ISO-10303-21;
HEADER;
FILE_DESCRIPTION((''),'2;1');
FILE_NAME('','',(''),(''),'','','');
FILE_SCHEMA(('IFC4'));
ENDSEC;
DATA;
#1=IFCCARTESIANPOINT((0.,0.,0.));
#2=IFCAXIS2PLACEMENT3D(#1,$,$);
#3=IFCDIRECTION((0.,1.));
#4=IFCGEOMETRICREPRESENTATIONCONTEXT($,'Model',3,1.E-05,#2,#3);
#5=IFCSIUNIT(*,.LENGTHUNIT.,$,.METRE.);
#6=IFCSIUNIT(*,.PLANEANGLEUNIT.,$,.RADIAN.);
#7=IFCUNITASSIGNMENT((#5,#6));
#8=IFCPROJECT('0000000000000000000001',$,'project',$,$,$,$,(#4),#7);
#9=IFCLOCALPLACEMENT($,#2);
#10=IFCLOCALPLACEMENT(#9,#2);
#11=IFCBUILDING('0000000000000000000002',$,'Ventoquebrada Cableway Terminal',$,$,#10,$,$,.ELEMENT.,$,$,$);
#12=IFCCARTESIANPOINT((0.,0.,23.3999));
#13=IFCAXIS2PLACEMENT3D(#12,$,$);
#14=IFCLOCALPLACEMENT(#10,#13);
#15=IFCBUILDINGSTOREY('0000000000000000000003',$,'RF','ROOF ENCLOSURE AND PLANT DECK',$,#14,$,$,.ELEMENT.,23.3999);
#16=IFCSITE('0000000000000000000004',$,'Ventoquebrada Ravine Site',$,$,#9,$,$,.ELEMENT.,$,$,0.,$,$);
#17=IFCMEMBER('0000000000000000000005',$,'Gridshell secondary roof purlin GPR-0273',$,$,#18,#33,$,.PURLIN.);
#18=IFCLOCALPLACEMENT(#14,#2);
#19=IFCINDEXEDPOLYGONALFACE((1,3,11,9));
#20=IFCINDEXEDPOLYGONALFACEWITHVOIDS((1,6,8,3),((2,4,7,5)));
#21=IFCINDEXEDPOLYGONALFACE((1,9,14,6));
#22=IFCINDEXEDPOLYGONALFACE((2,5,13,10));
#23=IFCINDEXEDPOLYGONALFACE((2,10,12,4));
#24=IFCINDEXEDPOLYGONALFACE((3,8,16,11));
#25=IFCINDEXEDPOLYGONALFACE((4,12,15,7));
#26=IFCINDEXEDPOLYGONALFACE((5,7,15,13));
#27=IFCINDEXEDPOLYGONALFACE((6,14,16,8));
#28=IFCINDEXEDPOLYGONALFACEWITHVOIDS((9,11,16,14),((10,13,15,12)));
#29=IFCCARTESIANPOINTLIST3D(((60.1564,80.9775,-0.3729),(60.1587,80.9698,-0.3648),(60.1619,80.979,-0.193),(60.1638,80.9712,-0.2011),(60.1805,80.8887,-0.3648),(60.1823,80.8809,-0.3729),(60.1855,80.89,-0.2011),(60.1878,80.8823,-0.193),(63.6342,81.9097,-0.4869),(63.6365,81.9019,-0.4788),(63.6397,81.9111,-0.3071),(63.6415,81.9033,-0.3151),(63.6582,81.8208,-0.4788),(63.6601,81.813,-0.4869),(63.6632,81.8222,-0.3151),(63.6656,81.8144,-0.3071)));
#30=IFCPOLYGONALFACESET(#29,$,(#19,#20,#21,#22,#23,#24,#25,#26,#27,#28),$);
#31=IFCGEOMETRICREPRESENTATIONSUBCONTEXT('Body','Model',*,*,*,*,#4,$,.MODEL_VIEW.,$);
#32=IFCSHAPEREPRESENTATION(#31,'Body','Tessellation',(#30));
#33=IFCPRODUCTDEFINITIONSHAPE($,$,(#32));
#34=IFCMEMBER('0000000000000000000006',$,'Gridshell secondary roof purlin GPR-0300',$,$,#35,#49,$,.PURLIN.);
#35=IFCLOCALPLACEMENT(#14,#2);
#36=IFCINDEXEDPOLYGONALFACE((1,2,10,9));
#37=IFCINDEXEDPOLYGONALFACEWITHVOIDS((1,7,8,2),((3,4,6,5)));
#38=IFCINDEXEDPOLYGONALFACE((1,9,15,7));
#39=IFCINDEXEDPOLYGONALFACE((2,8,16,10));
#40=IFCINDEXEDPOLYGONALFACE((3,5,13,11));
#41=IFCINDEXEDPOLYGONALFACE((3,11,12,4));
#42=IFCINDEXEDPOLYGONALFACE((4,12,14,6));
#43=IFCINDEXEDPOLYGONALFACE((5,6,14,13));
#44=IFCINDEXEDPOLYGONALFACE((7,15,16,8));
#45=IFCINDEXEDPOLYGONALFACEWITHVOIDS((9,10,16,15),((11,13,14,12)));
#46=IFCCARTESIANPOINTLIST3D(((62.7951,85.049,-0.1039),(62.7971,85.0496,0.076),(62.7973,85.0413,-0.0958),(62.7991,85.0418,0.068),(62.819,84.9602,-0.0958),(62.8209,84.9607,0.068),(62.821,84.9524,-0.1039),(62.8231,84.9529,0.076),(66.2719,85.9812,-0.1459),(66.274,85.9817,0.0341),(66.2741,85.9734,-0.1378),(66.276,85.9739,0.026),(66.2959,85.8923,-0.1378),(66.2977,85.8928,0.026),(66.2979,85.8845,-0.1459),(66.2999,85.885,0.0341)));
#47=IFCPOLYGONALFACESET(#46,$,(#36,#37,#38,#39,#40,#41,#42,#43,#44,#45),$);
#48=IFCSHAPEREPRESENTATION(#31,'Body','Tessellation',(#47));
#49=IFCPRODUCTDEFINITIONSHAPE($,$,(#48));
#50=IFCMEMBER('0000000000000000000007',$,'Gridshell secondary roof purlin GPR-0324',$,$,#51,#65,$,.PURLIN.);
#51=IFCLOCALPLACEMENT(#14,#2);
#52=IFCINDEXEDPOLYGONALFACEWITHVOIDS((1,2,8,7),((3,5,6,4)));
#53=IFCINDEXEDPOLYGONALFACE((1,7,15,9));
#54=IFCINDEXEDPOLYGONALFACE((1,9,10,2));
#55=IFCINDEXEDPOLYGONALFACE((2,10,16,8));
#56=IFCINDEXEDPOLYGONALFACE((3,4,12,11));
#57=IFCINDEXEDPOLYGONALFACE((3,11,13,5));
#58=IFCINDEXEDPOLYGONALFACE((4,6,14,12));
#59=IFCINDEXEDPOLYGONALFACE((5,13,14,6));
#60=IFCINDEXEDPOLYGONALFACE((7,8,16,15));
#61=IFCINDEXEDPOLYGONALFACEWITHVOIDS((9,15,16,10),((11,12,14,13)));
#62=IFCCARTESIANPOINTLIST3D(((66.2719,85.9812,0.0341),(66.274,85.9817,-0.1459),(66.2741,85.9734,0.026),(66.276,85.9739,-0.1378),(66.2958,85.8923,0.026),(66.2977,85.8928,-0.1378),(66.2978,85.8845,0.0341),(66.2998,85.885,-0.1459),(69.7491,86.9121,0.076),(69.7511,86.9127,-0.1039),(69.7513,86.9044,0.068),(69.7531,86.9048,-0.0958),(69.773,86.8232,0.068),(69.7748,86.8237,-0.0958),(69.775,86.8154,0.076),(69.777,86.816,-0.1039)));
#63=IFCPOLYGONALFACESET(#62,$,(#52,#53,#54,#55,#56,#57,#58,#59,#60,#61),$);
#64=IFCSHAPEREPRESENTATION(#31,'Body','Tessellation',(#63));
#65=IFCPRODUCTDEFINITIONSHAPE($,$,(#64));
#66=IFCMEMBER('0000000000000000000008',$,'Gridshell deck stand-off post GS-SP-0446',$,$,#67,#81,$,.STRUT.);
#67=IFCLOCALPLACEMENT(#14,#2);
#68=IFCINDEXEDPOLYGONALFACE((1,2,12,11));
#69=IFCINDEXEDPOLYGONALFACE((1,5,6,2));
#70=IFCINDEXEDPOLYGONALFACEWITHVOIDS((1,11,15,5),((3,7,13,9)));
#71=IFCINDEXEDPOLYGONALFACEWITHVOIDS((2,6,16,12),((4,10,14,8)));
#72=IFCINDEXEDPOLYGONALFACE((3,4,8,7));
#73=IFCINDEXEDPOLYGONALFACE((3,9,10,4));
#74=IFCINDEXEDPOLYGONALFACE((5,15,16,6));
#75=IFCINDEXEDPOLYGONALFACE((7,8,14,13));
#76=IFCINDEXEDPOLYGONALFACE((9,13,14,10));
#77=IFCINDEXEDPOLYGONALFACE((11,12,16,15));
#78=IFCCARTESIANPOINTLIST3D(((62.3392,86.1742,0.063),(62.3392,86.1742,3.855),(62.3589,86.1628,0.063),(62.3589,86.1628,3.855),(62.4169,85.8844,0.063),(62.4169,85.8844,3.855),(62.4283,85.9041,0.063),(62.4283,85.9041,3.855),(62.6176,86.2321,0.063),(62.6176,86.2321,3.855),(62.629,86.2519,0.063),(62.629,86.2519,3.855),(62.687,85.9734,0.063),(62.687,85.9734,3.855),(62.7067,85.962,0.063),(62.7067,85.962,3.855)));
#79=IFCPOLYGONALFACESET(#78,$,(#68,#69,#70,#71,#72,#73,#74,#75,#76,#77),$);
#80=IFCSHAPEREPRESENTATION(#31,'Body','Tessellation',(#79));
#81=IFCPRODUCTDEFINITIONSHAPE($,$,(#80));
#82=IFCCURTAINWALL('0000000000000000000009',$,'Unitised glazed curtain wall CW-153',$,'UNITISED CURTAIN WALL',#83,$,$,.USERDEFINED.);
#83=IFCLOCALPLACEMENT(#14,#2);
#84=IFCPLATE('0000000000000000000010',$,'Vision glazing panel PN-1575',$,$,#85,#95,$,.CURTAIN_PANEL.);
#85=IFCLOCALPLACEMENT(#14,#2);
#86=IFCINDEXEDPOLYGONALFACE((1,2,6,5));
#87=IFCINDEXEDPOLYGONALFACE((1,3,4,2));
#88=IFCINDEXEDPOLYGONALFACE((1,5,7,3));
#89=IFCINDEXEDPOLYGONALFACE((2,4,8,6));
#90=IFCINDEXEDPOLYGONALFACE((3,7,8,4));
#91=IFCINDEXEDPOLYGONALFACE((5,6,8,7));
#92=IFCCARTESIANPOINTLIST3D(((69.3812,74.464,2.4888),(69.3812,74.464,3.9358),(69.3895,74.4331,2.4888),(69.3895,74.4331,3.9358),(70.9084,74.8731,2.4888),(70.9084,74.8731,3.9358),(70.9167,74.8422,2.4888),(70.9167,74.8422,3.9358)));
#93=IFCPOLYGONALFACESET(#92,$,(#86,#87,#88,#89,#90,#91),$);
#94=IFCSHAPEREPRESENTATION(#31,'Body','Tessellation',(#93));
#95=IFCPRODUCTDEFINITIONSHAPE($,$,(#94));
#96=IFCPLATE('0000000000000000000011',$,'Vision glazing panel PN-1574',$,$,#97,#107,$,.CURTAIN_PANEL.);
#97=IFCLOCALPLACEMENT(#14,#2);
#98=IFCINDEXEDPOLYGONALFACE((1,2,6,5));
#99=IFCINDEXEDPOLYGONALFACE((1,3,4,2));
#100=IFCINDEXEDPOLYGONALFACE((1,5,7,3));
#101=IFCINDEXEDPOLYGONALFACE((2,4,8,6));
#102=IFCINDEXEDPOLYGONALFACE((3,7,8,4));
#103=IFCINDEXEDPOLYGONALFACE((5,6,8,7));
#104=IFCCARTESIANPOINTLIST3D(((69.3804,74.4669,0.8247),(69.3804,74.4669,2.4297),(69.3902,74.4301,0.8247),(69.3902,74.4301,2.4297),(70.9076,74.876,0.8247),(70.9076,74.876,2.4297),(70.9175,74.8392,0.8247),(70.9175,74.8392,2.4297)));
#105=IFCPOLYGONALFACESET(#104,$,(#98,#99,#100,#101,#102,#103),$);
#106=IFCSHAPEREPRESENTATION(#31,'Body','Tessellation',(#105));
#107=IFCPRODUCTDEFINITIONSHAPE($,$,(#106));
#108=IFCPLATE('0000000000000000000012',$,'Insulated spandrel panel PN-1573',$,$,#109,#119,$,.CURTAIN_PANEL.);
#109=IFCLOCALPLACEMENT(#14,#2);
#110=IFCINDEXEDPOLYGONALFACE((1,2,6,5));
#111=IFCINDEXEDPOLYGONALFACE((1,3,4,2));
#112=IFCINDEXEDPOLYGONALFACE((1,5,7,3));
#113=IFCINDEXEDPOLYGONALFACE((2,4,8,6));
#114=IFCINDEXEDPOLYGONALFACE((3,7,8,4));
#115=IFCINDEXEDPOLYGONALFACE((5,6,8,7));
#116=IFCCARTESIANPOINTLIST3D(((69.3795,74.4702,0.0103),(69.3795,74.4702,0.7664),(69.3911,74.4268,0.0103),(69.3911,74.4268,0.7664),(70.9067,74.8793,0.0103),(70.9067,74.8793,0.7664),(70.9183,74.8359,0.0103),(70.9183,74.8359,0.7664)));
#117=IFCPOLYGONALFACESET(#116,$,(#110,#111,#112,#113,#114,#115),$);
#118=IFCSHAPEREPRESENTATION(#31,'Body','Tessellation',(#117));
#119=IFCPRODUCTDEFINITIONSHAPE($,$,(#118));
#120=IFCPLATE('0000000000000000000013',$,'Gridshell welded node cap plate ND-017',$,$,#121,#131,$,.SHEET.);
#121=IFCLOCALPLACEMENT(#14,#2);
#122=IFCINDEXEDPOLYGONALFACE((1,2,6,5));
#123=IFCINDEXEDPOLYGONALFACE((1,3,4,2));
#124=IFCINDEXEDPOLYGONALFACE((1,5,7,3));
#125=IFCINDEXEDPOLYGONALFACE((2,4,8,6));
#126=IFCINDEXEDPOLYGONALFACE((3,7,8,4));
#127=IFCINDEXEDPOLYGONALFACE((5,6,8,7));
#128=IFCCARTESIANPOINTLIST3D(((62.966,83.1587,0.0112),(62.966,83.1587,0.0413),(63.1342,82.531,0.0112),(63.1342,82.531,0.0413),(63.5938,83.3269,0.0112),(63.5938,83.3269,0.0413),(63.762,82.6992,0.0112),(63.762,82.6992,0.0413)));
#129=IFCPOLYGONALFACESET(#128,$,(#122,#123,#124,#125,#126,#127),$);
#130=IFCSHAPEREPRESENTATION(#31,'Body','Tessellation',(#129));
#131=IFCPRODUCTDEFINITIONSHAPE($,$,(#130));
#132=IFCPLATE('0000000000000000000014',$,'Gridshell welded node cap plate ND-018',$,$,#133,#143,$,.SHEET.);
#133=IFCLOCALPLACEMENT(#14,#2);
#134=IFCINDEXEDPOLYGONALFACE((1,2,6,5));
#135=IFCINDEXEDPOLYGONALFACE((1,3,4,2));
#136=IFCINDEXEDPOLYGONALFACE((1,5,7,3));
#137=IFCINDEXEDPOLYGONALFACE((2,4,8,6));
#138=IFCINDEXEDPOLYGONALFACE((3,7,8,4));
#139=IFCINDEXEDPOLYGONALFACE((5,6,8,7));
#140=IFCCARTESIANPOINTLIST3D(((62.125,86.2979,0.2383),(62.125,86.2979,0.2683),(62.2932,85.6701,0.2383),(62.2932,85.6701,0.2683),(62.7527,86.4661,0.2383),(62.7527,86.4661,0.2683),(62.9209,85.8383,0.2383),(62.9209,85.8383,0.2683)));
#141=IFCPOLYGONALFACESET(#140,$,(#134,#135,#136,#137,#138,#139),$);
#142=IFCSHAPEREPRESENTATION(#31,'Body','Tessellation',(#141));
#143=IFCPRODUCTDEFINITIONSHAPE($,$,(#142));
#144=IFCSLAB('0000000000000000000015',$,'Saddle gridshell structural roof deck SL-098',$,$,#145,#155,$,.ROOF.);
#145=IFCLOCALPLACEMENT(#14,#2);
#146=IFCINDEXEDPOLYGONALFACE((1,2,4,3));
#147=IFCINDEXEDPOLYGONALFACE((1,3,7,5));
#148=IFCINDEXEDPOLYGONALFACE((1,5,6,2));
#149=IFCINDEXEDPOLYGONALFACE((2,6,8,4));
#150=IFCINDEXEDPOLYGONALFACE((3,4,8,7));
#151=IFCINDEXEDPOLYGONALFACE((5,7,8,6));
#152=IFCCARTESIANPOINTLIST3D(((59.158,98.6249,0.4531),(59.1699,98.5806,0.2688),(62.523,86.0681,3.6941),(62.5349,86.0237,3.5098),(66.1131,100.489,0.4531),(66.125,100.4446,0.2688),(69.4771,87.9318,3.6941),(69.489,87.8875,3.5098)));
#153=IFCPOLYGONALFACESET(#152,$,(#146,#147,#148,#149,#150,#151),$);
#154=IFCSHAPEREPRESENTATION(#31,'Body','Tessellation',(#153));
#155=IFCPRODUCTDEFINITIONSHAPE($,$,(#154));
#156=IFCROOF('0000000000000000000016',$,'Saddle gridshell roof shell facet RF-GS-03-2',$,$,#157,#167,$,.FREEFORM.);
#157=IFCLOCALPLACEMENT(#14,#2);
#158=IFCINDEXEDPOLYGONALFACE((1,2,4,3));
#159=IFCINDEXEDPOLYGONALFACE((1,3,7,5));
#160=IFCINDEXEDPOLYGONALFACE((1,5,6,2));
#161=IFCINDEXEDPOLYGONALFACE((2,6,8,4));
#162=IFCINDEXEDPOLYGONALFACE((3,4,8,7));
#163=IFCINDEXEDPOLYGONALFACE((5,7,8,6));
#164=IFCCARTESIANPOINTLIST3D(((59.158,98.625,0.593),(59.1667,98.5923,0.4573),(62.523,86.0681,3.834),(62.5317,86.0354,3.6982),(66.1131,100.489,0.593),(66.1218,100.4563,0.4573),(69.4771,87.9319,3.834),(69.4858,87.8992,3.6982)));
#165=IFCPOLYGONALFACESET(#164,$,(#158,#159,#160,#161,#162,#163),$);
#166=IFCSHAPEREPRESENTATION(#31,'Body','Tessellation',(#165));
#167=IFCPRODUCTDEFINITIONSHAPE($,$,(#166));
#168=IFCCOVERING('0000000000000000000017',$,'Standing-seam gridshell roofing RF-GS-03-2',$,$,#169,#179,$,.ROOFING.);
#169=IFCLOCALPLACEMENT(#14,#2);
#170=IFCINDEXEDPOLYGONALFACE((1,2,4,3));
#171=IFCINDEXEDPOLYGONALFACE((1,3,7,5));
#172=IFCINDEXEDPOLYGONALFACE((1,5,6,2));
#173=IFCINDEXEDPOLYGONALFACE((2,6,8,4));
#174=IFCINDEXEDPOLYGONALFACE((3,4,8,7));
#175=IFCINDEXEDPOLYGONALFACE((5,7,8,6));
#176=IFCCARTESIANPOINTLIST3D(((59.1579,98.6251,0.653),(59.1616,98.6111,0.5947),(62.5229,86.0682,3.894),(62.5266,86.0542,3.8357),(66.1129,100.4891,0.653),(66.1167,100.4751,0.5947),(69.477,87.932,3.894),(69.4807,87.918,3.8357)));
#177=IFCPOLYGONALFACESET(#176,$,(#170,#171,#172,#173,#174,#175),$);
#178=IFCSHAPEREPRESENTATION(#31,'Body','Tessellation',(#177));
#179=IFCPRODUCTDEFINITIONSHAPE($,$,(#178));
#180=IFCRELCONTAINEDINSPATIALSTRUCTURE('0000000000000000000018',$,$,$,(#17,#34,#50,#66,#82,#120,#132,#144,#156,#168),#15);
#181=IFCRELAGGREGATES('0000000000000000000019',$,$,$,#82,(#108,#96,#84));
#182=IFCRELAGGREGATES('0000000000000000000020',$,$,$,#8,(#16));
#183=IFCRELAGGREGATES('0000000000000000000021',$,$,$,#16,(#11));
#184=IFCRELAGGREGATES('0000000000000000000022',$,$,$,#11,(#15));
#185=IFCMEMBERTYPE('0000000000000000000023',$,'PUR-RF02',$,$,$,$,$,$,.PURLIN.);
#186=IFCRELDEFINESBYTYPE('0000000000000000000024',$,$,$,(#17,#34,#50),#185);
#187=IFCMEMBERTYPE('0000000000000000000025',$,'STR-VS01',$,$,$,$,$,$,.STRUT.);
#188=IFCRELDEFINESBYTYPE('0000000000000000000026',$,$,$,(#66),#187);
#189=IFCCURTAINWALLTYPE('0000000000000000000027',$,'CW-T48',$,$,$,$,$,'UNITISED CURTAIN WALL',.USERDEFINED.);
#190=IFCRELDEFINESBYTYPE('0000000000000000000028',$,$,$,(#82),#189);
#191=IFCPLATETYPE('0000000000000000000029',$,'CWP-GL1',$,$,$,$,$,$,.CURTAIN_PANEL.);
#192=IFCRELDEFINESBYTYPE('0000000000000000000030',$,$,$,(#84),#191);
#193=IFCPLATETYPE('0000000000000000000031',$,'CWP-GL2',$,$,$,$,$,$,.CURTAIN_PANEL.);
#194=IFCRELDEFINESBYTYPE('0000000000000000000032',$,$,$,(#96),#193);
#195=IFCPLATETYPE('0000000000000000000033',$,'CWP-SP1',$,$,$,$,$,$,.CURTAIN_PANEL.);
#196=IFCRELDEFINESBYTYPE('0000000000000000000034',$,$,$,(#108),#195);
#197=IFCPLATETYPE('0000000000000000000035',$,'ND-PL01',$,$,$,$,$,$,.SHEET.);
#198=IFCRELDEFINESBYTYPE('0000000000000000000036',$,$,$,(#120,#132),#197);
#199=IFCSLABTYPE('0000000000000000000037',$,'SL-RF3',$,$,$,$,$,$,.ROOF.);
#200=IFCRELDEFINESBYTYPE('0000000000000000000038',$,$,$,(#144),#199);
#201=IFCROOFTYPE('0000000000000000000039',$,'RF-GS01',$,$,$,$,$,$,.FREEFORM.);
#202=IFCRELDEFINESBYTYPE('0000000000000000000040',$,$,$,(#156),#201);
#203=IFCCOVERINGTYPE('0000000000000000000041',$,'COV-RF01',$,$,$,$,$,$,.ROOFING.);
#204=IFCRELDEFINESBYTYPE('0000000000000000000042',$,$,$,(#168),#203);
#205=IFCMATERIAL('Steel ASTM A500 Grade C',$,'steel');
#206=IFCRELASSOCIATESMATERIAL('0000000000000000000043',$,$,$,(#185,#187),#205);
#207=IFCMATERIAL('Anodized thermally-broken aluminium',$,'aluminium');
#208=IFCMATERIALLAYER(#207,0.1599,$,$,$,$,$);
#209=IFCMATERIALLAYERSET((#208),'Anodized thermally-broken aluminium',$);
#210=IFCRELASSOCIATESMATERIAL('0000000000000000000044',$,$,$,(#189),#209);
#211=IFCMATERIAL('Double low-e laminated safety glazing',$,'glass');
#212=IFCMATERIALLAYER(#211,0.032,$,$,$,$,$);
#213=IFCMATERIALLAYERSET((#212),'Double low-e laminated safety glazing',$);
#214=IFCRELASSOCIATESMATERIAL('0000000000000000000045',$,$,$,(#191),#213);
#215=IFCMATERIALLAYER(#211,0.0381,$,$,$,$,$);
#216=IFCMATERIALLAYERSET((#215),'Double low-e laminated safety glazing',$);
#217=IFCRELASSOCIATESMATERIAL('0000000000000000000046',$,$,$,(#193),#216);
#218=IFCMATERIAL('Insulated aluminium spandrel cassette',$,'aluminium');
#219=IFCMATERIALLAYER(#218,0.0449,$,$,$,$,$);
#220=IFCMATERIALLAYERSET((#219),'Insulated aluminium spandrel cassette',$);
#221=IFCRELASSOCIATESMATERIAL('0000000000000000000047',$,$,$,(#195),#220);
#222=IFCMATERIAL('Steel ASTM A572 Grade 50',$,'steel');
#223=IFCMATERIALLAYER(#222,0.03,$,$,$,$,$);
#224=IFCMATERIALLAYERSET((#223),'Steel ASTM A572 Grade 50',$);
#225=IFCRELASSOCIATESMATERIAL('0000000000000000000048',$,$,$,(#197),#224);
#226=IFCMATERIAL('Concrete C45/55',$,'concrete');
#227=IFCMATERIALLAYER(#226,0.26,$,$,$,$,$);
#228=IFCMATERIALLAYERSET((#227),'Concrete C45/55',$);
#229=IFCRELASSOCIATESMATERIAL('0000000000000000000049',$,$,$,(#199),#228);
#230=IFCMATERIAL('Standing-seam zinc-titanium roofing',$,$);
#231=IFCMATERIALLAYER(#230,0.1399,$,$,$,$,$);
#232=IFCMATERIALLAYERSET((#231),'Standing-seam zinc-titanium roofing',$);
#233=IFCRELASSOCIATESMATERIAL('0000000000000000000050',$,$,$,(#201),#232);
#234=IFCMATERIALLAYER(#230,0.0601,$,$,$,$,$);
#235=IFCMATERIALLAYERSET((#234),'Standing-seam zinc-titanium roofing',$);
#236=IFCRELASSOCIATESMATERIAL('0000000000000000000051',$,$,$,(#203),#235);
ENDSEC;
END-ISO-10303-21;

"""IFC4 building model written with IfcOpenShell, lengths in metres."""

from ifc_helpers import new_model, si_unit, direction, frame, origin, origin_2d, place, context, subcontext, project, spatial, polyline, rectangle, hollow_rectangle, outline, extrude, material, layer, layer_set, material_profile, profile_set, type_object, element, aggregate, save


model = new_model("IFC4")

# Units and contexts
model_context = context("Model", 3, precision=1e-05, world=origin(), true_north=direction((0.0, 1.0)))
body_context = subcontext(model_context, "Body", "Model", "MODEL_VIEW")
ifc_project = project(units=[si_unit("LENGTHUNIT", "METRE"), si_unit("PLANEANGLEUNIT", "RADIAN")], contexts=[model_context])

# Site, building, storey
site_placement = place(None, origin())
site = spatial("IfcSite", under=ifc_project, at=site_placement, Name="Ventoquebrada Ravine Site", CompositionType="ELEMENT", RefElevation=0.0)
building_placement = place(site_placement, origin())
building = spatial("IfcBuilding", under=site, at=building_placement, Name="Ventoquebrada Cableway Terminal", CompositionType="ELEMENT")
storey_placement = place(building_placement, frame((0.0, 0.0, 23.3999)))
storey = spatial("IfcBuildingStorey", under=building, at=storey_placement, Name="RF", Description="ROOF ENCLOSURE AND PLANT DECK", CompositionType="ELEMENT", Elevation=23.3999)

# Members
ifc_material_1 = material(Name="Steel ASTM A500 Grade C", Category="steel")
ifc_material_profile_1 = material_profile(ifc_material_1, hollow_rectangle(XDim=0.1001, YDim=0.1799, WallThickness=0.0081, at=origin_2d()), Name="RHS180X100X8")
ifc_profile_set_1 = profile_set([ifc_material_profile_1], Name="Steel ASTM A500 Grade C")
member_type_1 = type_object("IfcMemberType", Name="PUR-RF02", PredefinedType="PURLIN", material=ifc_profile_set_1)
member_1_placement = place(storey_placement, frame((60.1721, 80.9299, -0.283), z_axis=(0.965424, 0.258757, -0.03165), x_axis=(-0.258886, 0.965908, 0.0)))
element("IfcMember", 1, at=member_1_placement, inside=storey, type_object=member_type_1, Name="Gridshell secondary roof purlin GPR-0273", PredefinedType="PURLIN", context=body_context, shape_type="SweptSolid", body=[
    extrude(hollow_rectangle(XDim=0.1001, YDim=0.1799, WallThickness=0.0081, at=origin_2d()), origin(), (0.0, 0.0, 1.0), 3.6023),
])
for number, where, z_axis, x_axis, name in (
    (2, (62.8091, 85.001, -0.0139), (0.965824, 0.258937, -0.011665), (-0.258954, 0.96589, 0.0), "Gridshell secondary roof purlin GPR-0300"),
    (3, (66.2859, 85.9331, -0.0559), (0.965913, 0.258603, 0.011665), (-0.258621, 0.965979, 0.0), "Gridshell secondary roof purlin GPR-0324"),
):
    element("IfcMember", number, at=place(storey_placement, frame(where, z_axis=z_axis, x_axis=x_axis)), inside=storey, type_object=member_type_1, Name=name, PredefinedType="PURLIN", context=body_context, shape_type="SweptSolid", body=[
        extrude(hollow_rectangle(XDim=0.1001, YDim=0.1799, WallThickness=0.0081, at=origin_2d()), origin(), (0.0, 0.0, 1.0), 3.5999),
    ])
ifc_material_profile_2 = material_profile(ifc_material_1, hollow_rectangle(XDim=0.3, YDim=0.3, WallThickness=0.0161, at=origin_2d()), Name="HSS300X300X16")
ifc_profile_set_2 = profile_set([ifc_material_profile_2], Name="Steel ASTM A500 Grade C")
member_type_2 = type_object("IfcMemberType", Name="STR-VS01", PredefinedType="STRUT", material=ifc_profile_set_2)
member_2_placement = place(storey_placement, frame((62.5229, 86.0681, 0.063), z_axis=(0.0, 0.0, 1.0), x_axis=(0.965926, 0.258819, 0.0)))
element("IfcMember", 4, at=member_2_placement, inside=storey, type_object=member_type_2, Name="Gridshell deck stand-off post GS-SP-0446", PredefinedType="STRUT", context=body_context, shape_type="SweptSolid", body=[
    extrude(hollow_rectangle(XDim=0.3, YDim=0.3, WallThickness=0.0161, at=origin_2d()), origin(), (0.0, 0.0, 1.0), 3.792),
])

# Curtain wall, plates
ifc_material_2 = material(Name="Anodized thermally-broken aluminium", Category="aluminium")
ifc_layer_1 = layer(ifc_material_2, 0.1599)
ifc_layer_set_1 = layer_set([ifc_layer_1], Name="Anodized thermally-broken aluminium")
curtain_wall_type = type_object("IfcCurtainWallType", Name="CW-T48", ElementType="UNITISED CURTAIN WALL", PredefinedType="USERDEFINED", material=ifc_layer_set_1)
curtain_wall_placement = place(storey_placement, origin())
curtain_wall = element("IfcCurtainWall", 5, at=curtain_wall_placement, inside=storey, type_object=curtain_wall_type, Name="Unitised glazed curtain wall CW-153", ObjectType="UNITISED CURTAIN WALL", PredefinedType="USERDEFINED")
ifc_material_3 = material(Name="Double low-e laminated safety glazing", Category="glass")
ifc_layer_2 = layer(ifc_material_3, 0.032)
ifc_layer_set_2 = layer_set([ifc_layer_2], Name="Double low-e laminated safety glazing")
plate_type_1 = type_object("IfcPlateType", Name="CWP-GL1", PredefinedType="CURTAIN_PANEL", material=ifc_layer_set_2)
plate_1_placement = place(storey_placement, frame((70.1489, 74.6531, 2.4888), z_axis=(0.0, 0.0, 1.0), x_axis=(0.965944, 0.258752, 0.0)))
plate_1 = element("IfcPlate", 6, at=plate_1_placement, type_object=plate_type_1, Name="Vision glazing panel PN-1575", PredefinedType="CURTAIN_PANEL", context=body_context, shape_type="SweptSolid", body=[
    extrude(rectangle(XDim=1.5811, YDim=0.032, at=origin_2d()), origin(), (0.0, 0.0, 1.0), 1.447),
])
ifc_layer_3 = layer(ifc_material_3, 0.0381)
ifc_layer_set_3 = layer_set([ifc_layer_3], Name="Double low-e laminated safety glazing")
plate_type_2 = type_object("IfcPlateType", Name="CWP-GL2", PredefinedType="CURTAIN_PANEL", material=ifc_layer_set_3)
plate_2_placement = place(storey_placement, frame((70.1489, 74.6531, 0.8247), z_axis=(0.0, 0.0, 1.0), x_axis=(0.965944, 0.258752, 0.0)))
plate_2 = element("IfcPlate", 7, at=plate_2_placement, type_object=plate_type_2, Name="Vision glazing panel PN-1574", PredefinedType="CURTAIN_PANEL", context=body_context, shape_type="SweptSolid", body=[
    extrude(rectangle(XDim=1.5811, YDim=0.0381, at=origin_2d()), origin(), (0.0, 0.0, 1.0), 1.605),
])
ifc_material_4 = material(Name="Insulated aluminium spandrel cassette", Category="aluminium")
ifc_layer_4 = layer(ifc_material_4, 0.0449)
ifc_layer_set_4 = layer_set([ifc_layer_4], Name="Insulated aluminium spandrel cassette")
plate_type_3 = type_object("IfcPlateType", Name="CWP-SP1", PredefinedType="CURTAIN_PANEL", material=ifc_layer_set_4)
plate_3_placement = place(storey_placement, frame((70.1489, 74.6531, 0.0103), z_axis=(0.0, 0.0, 1.0), x_axis=(0.965944, 0.258752, 0.0)))
plate_3 = element("IfcPlate", 8, at=plate_3_placement, type_object=plate_type_3, Name="Insulated spandrel panel PN-1573", PredefinedType="CURTAIN_PANEL", context=body_context, shape_type="SweptSolid", body=[
    extrude(rectangle(XDim=1.5811, YDim=0.0449, at=origin_2d()), origin(), (0.0, 0.0, 1.0), 0.7561),
])
aggregate(curtain_wall, [plate_3, plate_2, plate_1])

# Plates
ifc_material_5 = material(Name="Steel ASTM A572 Grade 50", Category="steel")
ifc_layer_5 = layer(ifc_material_5, 0.03)
ifc_layer_set_5 = layer_set([ifc_layer_5], Name="Steel ASTM A572 Grade 50")
plate_type_4 = type_object("IfcPlateType", Name="ND-PL01", PredefinedType="SHEET", material=ifc_layer_set_5)
for number, where, z_axis, x_axis, name in (
    (9, (63.364, 82.929, 0.0112), (0.0, 0.0, 1.0), (0.965926, 0.258819, 0.0), "Gridshell welded node cap plate ND-017"),
    (10, (62.5229, 86.0681, 0.2383), (0.0, 0.0, 1.0), (0.965926, 0.258819, 0.0), "Gridshell welded node cap plate ND-018"),
):
    element("IfcPlate", number, at=place(storey_placement, frame(where, z_axis=z_axis, x_axis=x_axis)), inside=storey, type_object=plate_type_4, Name=name, PredefinedType="SHEET", context=body_context, shape_type="SweptSolid", body=[
        extrude(rectangle(XDim=0.6499, YDim=0.6499, at=origin_2d()), origin(), (0.0, 0.0, 1.0), 0.03),
    ])

# Slab
ifc_material_6 = material(Name="Concrete C45/55", Category="concrete")
ifc_layer_6 = layer(ifc_material_6, 0.26)
ifc_layer_set_6 = layer_set([ifc_layer_6], Name="Concrete C45/55")
slab_type = type_object("IfcSlabType", Name="SL-RF3", PredefinedType="ROOF", material=ifc_layer_set_6)
slab_placement = place(storey_placement, frame((62.5349, 86.0237, 3.5098), z_axis=(-0.062622, 0.233656, 0.970301), x_axis=(0.965911, 0.258874, 0.0)))
element("IfcSlab", 11, at=slab_placement, inside=storey, type_object=slab_type, Name="Saddle gridshell structural roof deck SL-098", PredefinedType="ROOF", context=body_context, shape_type="SweptSolid", body=[
    extrude(outline(polyline([(0.0, 0.0), (7.1995, 0.0), (7.2009, 13.3978), (0.0004, 13.3978), (0.0, 0.0)])), origin(), (0.0, 0.0, 1.0), 0.1899),
])

# Roof
ifc_material_7 = material(Name="Standing-seam zinc-titanium roofing")
ifc_layer_7 = layer(ifc_material_7, 0.1399)
ifc_layer_set_7 = layer_set([ifc_layer_7], Name="Standing-seam zinc-titanium roofing")
roof_type = type_object("IfcRoofType", Name="RF-GS01", PredefinedType="FREEFORM", material=ifc_layer_set_7)
roof_placement = place(storey_placement, frame((62.5317, 86.0354, 3.6982), z_axis=(-0.062622, 0.233656, 0.970301), x_axis=(0.965911, 0.258874, 0.0)))
element("IfcRoof", 12, at=roof_placement, inside=storey, type_object=roof_type, Name="Saddle gridshell roof shell facet RF-GS-03-2", PredefinedType="FREEFORM", context=body_context, shape_type="SweptSolid", body=[
    extrude(outline(polyline([(0.0, 0.0), (7.1995, 0.0), (7.2009, 13.3978), (0.0004, 13.3978), (0.0, 0.0)])), origin(), (0.0, 0.0, 1.0), 0.1399),
])

# Covering
ifc_layer_8 = layer(ifc_material_7, 0.0601)
ifc_layer_set_8 = layer_set([ifc_layer_8], Name="Standing-seam zinc-titanium roofing")
covering_type = type_object("IfcCoveringType", Name="COV-RF01", PredefinedType="ROOFING", material=ifc_layer_set_8)
covering_placement = place(storey_placement, frame((62.5266, 86.0542, 3.8357), z_axis=(-0.062622, 0.233656, 0.970301), x_axis=(0.965911, 0.258874, 0.0)))
element("IfcCovering", 13, at=covering_placement, inside=storey, type_object=covering_type, Name="Standing-seam gridshell roofing RF-GS-03-2", PredefinedType="ROOFING", context=body_context, shape_type="SweptSolid", body=[
    extrude(outline(polyline([(0.0, 0.0), (7.1995, 0.0), (7.2009, 13.3978), (0.0004, 13.3978), (0.0, 0.0)])), origin(), (0.0, 0.0, 1.0), 0.0601),
])

save(model, "model.ifc")
